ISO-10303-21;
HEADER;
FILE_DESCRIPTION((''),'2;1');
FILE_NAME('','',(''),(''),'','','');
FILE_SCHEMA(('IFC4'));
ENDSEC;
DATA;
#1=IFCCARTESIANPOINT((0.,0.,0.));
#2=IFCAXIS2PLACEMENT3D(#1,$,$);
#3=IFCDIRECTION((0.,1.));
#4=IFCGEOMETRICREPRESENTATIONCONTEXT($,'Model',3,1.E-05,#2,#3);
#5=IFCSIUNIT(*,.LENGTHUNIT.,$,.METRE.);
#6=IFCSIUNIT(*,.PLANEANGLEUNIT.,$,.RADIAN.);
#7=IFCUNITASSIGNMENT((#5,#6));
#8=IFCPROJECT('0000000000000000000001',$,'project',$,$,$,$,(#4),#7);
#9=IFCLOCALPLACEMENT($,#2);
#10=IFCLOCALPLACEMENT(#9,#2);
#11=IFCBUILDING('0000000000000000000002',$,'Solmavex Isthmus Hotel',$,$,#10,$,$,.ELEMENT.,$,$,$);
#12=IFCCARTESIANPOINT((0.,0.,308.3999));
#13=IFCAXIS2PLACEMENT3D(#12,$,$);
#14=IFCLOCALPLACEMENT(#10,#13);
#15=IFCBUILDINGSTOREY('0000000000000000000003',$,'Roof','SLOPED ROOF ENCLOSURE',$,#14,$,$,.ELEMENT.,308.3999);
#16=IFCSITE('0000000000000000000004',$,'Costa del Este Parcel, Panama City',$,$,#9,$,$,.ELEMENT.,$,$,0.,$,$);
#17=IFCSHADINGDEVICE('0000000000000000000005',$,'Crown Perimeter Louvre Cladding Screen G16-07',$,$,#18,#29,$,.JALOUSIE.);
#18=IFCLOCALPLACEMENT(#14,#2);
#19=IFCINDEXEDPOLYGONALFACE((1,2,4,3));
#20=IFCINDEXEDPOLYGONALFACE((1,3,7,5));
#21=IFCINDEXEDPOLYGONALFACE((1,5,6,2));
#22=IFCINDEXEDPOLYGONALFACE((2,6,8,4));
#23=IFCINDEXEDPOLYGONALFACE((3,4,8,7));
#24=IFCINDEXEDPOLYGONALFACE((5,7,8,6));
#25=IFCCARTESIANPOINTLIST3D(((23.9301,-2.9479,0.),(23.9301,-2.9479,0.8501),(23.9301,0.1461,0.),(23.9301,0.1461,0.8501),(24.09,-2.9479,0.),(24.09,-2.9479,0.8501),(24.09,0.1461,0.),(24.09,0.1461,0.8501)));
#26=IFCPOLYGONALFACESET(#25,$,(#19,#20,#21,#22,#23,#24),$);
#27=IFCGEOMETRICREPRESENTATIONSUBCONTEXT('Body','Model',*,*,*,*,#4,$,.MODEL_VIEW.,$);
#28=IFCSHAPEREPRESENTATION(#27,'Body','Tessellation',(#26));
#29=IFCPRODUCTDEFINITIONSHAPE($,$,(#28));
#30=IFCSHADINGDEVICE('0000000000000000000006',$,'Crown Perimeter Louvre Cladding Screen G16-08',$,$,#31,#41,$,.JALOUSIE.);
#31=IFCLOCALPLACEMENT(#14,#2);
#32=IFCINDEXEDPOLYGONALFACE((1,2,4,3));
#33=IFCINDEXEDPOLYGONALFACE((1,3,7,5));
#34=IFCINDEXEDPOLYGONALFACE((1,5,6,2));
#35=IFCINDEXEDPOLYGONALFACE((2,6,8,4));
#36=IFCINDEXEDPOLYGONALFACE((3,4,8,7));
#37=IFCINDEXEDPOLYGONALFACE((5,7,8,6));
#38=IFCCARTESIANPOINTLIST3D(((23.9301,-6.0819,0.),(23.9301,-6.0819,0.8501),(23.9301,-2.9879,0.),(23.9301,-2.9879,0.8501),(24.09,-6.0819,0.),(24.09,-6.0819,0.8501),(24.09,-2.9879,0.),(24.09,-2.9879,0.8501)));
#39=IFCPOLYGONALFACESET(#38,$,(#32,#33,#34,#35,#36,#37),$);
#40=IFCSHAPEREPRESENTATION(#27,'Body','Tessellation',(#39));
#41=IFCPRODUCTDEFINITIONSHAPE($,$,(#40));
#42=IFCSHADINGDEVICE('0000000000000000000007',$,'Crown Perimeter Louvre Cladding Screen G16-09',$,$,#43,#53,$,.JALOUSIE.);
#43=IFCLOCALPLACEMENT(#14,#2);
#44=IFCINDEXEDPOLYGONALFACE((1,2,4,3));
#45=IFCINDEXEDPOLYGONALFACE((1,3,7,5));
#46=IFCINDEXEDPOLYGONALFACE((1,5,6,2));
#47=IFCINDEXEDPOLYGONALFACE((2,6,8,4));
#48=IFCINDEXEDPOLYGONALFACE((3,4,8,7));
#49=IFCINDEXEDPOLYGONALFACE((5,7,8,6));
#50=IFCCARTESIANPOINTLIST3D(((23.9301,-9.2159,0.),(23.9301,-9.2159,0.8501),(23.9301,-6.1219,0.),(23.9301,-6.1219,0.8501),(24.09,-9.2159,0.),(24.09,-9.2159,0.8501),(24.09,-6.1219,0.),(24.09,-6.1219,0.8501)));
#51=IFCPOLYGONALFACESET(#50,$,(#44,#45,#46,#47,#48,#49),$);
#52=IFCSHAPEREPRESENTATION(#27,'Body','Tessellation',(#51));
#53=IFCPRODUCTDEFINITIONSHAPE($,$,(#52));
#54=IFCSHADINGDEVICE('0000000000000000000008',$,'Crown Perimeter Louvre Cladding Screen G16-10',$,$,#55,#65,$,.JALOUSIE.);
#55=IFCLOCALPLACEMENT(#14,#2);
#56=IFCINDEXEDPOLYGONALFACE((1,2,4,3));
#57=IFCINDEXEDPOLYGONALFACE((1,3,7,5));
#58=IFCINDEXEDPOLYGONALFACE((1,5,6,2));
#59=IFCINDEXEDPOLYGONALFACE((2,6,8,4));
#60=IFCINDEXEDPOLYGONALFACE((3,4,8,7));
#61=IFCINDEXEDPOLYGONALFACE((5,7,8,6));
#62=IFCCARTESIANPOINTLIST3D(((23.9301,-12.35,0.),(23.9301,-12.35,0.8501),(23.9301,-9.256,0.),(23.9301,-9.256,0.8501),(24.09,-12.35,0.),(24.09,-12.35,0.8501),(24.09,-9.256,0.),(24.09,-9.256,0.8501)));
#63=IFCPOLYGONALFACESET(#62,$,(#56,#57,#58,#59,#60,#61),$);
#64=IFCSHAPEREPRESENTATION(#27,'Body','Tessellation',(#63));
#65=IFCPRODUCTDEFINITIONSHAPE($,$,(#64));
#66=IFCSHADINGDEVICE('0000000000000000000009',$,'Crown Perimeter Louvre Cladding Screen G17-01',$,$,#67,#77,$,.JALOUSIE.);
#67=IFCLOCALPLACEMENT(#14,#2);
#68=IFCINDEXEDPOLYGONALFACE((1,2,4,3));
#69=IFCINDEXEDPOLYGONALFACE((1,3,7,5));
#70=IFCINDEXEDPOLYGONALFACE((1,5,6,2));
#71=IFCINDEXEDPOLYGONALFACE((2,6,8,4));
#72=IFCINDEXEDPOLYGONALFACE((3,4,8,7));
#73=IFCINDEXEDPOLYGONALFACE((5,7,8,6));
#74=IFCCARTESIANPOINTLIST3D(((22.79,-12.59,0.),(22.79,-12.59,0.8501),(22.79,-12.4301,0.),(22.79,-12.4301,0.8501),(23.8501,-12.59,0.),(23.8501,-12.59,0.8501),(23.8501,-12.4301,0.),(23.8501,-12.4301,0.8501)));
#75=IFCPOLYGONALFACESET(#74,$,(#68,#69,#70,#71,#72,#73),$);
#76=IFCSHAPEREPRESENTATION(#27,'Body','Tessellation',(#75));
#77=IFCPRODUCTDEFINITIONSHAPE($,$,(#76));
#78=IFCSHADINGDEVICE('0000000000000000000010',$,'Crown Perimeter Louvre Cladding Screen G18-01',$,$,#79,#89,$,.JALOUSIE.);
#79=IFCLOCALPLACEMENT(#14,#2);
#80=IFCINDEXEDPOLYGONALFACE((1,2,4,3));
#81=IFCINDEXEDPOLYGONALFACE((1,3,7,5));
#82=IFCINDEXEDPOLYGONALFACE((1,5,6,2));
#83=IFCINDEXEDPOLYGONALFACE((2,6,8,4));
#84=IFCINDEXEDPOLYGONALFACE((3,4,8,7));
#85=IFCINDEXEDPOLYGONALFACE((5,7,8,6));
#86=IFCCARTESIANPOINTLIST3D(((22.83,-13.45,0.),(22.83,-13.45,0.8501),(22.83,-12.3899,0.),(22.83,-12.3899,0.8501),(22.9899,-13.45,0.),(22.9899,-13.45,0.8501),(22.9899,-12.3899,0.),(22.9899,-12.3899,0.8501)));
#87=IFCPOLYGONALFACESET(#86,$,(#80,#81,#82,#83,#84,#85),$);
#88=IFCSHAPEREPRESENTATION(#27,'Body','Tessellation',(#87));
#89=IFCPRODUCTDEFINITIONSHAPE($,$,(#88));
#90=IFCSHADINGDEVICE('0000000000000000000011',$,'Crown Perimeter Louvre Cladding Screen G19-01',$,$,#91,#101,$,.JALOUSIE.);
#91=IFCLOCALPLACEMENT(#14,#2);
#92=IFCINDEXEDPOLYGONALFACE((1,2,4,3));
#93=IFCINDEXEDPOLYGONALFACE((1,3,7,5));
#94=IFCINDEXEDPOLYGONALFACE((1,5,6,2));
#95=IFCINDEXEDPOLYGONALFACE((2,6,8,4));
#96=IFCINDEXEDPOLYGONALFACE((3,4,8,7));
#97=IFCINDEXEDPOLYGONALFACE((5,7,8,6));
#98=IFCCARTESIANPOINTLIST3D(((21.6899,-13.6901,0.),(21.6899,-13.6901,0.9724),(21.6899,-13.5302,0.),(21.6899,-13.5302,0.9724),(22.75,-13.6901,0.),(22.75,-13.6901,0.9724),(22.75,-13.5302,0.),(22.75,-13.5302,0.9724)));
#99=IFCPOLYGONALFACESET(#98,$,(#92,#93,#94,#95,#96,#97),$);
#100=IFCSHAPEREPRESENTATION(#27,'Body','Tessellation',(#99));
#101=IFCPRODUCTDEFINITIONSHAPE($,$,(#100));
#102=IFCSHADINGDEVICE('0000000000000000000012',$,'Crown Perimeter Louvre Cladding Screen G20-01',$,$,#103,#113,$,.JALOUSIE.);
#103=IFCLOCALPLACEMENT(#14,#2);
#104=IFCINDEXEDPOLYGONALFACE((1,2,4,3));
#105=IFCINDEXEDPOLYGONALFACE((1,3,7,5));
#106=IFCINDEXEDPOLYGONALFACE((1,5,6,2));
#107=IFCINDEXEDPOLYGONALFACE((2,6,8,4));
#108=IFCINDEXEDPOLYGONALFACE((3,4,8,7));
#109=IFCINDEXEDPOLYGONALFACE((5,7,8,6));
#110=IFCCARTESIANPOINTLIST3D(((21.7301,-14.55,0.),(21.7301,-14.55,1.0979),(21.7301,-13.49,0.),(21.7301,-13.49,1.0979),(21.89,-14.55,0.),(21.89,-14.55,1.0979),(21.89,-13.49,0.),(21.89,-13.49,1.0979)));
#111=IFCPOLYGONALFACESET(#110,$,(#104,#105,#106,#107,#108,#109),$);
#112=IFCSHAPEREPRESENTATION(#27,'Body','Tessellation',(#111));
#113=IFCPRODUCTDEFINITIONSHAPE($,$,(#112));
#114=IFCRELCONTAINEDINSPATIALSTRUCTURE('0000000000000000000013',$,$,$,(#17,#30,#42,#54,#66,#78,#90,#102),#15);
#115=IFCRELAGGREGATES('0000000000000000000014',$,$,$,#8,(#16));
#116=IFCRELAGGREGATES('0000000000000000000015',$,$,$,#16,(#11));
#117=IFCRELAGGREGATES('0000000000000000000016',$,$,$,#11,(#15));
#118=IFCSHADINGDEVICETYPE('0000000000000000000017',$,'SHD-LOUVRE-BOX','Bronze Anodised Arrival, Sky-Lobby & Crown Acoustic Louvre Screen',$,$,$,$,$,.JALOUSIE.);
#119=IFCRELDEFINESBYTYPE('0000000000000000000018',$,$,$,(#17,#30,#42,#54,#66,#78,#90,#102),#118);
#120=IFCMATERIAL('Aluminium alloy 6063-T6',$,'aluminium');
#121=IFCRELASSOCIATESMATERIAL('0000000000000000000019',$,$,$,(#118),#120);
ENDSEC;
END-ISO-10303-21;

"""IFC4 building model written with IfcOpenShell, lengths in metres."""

from ifc_helpers import new_model, si_unit, direction, frame, origin, origin_2d, place, context, subcontext, project, spatial, rectangle, extrude, material, type_object, element, save


model = new_model("IFC4")

# Units and contexts
model_context = context("Model", 3, precision=1e-05, world=origin(), true_north=direction((0.0, 1.0)))
body_context = subcontext(model_context, "Body", "Model", "MODEL_VIEW")
ifc_project = project(units=[si_unit("LENGTHUNIT", "METRE"), si_unit("PLANEANGLEUNIT", "RADIAN")], contexts=[model_context])

# Site, building, storey
site_placement = place(None, origin())
site = spatial("IfcSite", under=ifc_project, at=site_placement, Name="Costa del Este Parcel, Panama City", CompositionType="ELEMENT", RefElevation=0.0)
building_placement = place(site_placement, origin())
building = spatial("IfcBuilding", under=site, at=building_placement, Name="Solmavex Isthmus Hotel", CompositionType="ELEMENT")
storey_placement = place(building_placement, frame((0.0, 0.0, 308.3999)))
storey = spatial("IfcBuildingStorey", under=building, at=storey_placement, Name="Roof", Description="SLOPED ROOF ENCLOSURE", CompositionType="ELEMENT", Elevation=308.3999)

# Shading devices
ifc_material_1 = material(Name="Aluminium alloy 6063-T6", Category="aluminium")
shading_device_type = type_object("IfcShadingDeviceType", Name="SHD-LOUVRE-BOX", Description="Bronze Anodised Arrival, Sky-Lobby & Crown Acoustic Louvre Screen", PredefinedType="JALOUSIE", material=ifc_material_1)
for number, where, z_axis, x_axis, name in (
    (1, (24.01, -1.4009, 0.0), (0.0, 0.0, 1.0), (0.0, -1.0, 0.0), "Crown Perimeter Louvre Cladding Screen G16-07"),
    (2, (24.01, -4.5349, 0.0), (0.0, 0.0, 1.0), (0.0, -1.0, 0.0), "Crown Perimeter Louvre Cladding Screen G16-08"),
    (3, (24.01, -7.6689, 0.0), (0.0, 0.0, 1.0), (0.0, -1.0, 0.0), "Crown Perimeter Louvre Cladding Screen G16-09"),
    (4, (24.01, -10.803, 0.0), (0.0, 0.0, 1.0), (0.0, -1.0, 0.0), "Crown Perimeter Louvre Cladding Screen G16-10"),
):
    element("IfcShadingDevice", number, at=place(storey_placement, frame(where, z_axis=z_axis, x_axis=x_axis)), inside=storey, type_object=shading_device_type, Name=name, PredefinedType="JALOUSIE", context=body_context, shape_type="SweptSolid", body=[
        extrude(rectangle(XDim=3.094, YDim=0.1599, at=origin_2d()), origin(), (0.0, 0.0, 1.0), 0.8501),
    ])
for number, where, z_axis, x_axis, name in (
    (5, (23.3201, -12.51, 0.0), (0.0, 0.0, 1.0), (-1.0, 0.0, 0.0), "Crown Perimeter Louvre Cladding Screen G17-01"),
    (6, (22.9099, -12.9199, 0.0), (0.0, 0.0, 1.0), (0.0, -1.0, 0.0), "Crown Perimeter Louvre Cladding Screen G18-01"),
):
    element("IfcShadingDevice", number, at=place(storey_placement, frame(where, z_axis=z_axis, x_axis=x_axis)), inside=storey, type_object=shading_device_type, Name=name, PredefinedType="JALOUSIE", context=body_context, shape_type="SweptSolid", body=[
        extrude(rectangle(XDim=1.0601, YDim=0.1599, at=origin_2d()), origin(), (0.0, 0.0, 1.0), 0.8501),
    ])
shading_device_1_placement = place(storey_placement, frame((22.22, -13.6101, 0.0), z_axis=(0.0, 0.0, 1.0), x_axis=(-1.0, 0.0, 0.0)))
element("IfcShadingDevice", 7, at=shading_device_1_placement, inside=storey, type_object=shading_device_type, Name="Crown Perimeter Louvre Cladding Screen G19-01", PredefinedType="JALOUSIE", context=body_context, shape_type="SweptSolid", body=[
    extrude(rectangle(XDim=1.0601, YDim=0.1599, at=origin_2d()), origin(), (0.0, 0.0, 1.0), 0.9724),
])
shading_device_2_placement = place(storey_placement, frame((21.8101, -14.02, 0.0), z_axis=(0.0, 0.0, 1.0), x_axis=(0.0, -1.0, 0.0)))
element("IfcShadingDevice", 8, at=shading_device_2_placement, inside=storey, type_object=shading_device_type, Name="Crown Perimeter Louvre Cladding Screen G20-01", PredefinedType="JALOUSIE", context=body_context, shape_type="SweptSolid", body=[
    extrude(rectangle(XDim=1.0601, YDim=0.1599, at=origin_2d()), origin(), (0.0, 0.0, 1.0), 1.0979),
])

save(model, "model.ifc")
